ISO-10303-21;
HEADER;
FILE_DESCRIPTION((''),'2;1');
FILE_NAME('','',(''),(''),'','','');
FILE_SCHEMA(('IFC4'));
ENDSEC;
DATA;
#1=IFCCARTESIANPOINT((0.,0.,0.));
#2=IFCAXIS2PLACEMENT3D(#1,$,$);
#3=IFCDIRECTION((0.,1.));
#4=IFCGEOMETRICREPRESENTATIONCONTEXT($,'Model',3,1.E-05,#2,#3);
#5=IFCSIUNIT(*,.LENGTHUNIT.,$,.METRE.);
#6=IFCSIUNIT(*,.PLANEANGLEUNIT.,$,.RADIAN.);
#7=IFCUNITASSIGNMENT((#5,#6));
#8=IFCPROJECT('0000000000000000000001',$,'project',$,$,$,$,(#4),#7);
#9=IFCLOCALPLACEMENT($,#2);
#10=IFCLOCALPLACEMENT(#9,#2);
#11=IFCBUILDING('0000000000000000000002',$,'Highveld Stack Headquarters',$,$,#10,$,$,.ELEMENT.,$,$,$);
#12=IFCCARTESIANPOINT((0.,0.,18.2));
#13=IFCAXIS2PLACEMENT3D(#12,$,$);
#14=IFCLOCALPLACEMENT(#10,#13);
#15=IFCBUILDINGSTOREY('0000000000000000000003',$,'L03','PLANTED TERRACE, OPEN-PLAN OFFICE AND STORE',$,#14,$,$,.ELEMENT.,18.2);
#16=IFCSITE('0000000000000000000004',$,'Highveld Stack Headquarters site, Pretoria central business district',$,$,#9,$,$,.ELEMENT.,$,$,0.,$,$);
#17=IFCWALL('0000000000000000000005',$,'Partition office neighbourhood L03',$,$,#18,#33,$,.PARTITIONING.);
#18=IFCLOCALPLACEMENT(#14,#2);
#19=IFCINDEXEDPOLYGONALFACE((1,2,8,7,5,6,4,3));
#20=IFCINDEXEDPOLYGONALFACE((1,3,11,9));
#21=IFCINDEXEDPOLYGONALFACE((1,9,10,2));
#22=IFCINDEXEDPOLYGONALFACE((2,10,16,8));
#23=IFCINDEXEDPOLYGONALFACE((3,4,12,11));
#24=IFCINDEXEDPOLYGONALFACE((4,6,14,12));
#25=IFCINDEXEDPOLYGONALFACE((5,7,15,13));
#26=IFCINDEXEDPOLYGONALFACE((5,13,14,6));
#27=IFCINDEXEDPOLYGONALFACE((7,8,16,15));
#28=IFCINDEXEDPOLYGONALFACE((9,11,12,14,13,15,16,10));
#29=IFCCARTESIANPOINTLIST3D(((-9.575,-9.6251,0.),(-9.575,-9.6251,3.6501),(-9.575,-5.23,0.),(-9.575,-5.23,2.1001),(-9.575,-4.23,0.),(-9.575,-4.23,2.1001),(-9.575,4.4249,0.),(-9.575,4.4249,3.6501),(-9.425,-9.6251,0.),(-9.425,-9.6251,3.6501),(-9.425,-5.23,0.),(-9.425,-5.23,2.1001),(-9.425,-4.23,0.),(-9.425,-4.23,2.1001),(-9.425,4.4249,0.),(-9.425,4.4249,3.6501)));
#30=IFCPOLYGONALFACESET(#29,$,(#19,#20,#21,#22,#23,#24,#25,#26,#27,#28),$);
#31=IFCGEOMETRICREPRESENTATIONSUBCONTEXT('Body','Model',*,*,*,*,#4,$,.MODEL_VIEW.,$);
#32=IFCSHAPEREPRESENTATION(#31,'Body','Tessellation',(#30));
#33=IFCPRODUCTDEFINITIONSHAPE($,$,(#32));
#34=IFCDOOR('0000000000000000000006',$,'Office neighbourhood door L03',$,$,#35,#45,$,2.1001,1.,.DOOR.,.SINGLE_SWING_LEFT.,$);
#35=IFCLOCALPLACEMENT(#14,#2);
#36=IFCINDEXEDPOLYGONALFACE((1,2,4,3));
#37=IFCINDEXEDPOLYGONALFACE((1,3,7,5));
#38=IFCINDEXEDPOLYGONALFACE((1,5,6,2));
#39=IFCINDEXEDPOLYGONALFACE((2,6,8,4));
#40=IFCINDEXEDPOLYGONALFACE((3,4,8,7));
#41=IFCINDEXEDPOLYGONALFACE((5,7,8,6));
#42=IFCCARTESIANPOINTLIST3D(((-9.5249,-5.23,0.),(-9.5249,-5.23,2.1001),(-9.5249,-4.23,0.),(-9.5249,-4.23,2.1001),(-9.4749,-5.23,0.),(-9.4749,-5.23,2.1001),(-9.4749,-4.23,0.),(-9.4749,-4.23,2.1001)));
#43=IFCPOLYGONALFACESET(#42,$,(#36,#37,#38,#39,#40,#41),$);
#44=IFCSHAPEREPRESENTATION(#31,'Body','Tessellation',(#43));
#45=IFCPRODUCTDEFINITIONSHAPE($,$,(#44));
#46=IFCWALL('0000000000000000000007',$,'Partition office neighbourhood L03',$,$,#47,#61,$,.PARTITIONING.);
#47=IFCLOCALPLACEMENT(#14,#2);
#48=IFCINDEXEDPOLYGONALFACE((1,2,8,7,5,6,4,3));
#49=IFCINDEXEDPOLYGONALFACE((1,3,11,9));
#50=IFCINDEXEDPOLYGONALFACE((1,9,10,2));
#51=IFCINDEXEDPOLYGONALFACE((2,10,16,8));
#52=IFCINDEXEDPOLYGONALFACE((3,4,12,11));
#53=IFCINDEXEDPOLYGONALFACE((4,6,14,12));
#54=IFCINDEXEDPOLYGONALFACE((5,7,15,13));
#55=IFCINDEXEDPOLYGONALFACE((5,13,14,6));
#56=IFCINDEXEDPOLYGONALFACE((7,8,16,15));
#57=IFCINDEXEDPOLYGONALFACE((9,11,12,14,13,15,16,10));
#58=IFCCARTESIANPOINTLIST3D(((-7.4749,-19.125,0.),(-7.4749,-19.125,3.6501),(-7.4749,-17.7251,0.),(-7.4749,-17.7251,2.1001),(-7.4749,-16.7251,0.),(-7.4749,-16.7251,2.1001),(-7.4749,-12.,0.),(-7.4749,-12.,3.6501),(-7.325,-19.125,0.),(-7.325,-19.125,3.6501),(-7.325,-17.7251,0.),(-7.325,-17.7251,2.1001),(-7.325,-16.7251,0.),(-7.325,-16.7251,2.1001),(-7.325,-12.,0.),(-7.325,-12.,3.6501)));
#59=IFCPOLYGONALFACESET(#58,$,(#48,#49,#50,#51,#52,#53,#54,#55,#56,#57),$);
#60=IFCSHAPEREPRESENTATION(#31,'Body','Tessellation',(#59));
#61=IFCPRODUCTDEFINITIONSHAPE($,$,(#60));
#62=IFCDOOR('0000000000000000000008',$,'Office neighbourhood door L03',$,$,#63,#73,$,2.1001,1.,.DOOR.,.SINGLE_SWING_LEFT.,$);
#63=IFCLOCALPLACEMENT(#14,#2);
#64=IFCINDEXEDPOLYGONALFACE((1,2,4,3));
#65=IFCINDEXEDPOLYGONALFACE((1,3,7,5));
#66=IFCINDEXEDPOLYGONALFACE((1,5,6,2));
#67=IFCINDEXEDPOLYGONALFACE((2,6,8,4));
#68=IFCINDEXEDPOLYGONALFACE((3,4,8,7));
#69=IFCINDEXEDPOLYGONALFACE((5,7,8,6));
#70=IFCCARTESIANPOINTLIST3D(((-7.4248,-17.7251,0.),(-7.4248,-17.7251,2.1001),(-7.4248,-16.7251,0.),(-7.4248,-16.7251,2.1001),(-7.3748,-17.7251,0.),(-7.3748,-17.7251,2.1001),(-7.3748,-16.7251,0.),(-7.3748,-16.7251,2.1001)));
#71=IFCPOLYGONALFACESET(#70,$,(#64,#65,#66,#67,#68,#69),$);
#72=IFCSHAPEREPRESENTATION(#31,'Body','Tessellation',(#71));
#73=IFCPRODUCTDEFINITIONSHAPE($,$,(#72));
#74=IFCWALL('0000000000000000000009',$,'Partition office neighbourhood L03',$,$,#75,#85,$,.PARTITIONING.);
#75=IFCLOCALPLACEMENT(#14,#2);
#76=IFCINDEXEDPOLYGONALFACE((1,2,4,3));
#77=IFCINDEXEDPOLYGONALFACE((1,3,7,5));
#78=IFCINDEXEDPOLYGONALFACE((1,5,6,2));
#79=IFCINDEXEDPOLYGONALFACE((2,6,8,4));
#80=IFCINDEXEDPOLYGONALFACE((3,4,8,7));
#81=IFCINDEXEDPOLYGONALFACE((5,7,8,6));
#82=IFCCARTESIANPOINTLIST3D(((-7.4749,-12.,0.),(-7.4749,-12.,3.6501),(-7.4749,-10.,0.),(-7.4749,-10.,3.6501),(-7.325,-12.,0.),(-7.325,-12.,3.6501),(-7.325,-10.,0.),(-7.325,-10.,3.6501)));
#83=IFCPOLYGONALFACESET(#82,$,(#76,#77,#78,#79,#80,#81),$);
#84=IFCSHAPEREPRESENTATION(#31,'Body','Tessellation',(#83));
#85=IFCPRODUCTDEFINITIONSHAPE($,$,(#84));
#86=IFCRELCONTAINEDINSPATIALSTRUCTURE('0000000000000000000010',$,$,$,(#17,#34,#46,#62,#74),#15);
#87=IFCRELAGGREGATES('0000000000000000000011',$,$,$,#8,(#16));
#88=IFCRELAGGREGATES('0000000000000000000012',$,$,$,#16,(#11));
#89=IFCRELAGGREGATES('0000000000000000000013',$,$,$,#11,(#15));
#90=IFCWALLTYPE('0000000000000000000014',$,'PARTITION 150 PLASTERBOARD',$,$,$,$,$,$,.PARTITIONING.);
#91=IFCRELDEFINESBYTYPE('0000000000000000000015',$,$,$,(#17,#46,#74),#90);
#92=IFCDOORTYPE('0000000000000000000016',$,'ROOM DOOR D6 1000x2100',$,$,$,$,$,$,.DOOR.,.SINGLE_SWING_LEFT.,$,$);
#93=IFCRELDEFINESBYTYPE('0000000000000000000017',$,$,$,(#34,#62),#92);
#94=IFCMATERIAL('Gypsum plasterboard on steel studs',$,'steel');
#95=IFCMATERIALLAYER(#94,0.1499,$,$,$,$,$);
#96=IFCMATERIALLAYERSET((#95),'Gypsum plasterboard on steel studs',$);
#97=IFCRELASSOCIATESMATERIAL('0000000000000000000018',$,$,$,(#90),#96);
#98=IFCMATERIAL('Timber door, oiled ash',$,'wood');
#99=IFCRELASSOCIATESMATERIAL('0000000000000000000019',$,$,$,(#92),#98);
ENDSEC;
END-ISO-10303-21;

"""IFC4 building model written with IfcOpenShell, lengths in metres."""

from ifc_helpers import new_model, si_unit, direction, frame, frame_2d, origin, place, context, subcontext, project, spatial, rectangle, extrude, material, layer, layer_set, type_object, element, fill, save


model = new_model("IFC4")

# Units and contexts
model_context = context("Model", 3, precision=1e-05, world=origin(), true_north=direction((0.0, 1.0)))
body_context = subcontext(model_context, "Body", "Model", "MODEL_VIEW")
ifc_project = project(units=[si_unit("LENGTHUNIT", "METRE"), si_unit("PLANEANGLEUNIT", "RADIAN")], contexts=[model_context])

# Site, building, storey
site_placement = place(None, origin())
site = spatial("IfcSite", under=ifc_project, at=site_placement, Name="Highveld Stack Headquarters site, Pretoria central business district", CompositionType="ELEMENT", RefElevation=0.0)
building_placement = place(site_placement, origin())
building = spatial("IfcBuilding", under=site, at=building_placement, Name="Highveld Stack Headquarters", CompositionType="ELEMENT")
storey_placement = place(building_placement, frame((0.0, 0.0, 18.2)))
storey = spatial("IfcBuildingStorey", under=building, at=storey_placement, Name="L03", Description="PLANTED TERRACE, OPEN-PLAN OFFICE AND STORE", CompositionType="ELEMENT", Elevation=18.2)

# Shared definitions
ifc_material_1 = material(Name="Gypsum plasterboard on steel studs", Category="steel")
ifc_layer_1 = layer(ifc_material_1, 0.1499)
ifc_layer_set_1 = layer_set([ifc_layer_1], Name="Gypsum plasterboard on steel studs")
wall_type_1 = type_object("IfcWallType", Name="PARTITION 150 PLASTERBOARD", PredefinedType="PARTITIONING", material=ifc_layer_set_1)

# Shared definitions
ifc_material_2 = material(Name="Timber door, oiled ash", Category="wood")
door_type_1 = type_object("IfcDoorType", Name="ROOM DOOR D6 1000x2100", OperationType="SINGLE_SWING_LEFT", PredefinedType="DOOR", material=ifc_material_2)

# Walls, openings, doors
wall_1_placement = place(storey_placement, frame((-9.5, -9.625, 0.0), z_axis=(0.0, 0.0, 1.0), x_axis=(0.0, 1.0, 0.0)))
wall_1 = element("IfcWall", 1, at=wall_1_placement, inside=storey, type_object=wall_type_1, Name="Partition office neighbourhood L03", PredefinedType="PARTITIONING", context=body_context, shape_type="SweptSolid", body=[
    extrude(rectangle(XDim=14.05, YDim=0.1499, at=frame_2d((7.0249, 0.0))), origin(), (0.0, 0.0, 1.0), 3.6501),
])
opening_1_placement = place(wall_1_placement, frame((4.395, 0.0, 0.0)))
opening_1 = element("IfcOpeningElement", 2, at=opening_1_placement, cuts=wall_1, PredefinedType="OPENING", context=body_context, shape_type="SweptSolid", body=[
    extrude(rectangle(XDim=1.0, YDim=2.1001, at=frame_2d((0.5, 1.05))), frame((0.0, 0.085, 0.0), z_axis=(0.0, -1.0, 0.0), x_axis=(1.0, 0.0, 0.0)), (0.0, 0.0, 1.0), 0.1699),
])
door_1_placement = place(opening_1_placement, origin())
door_1 = element("IfcDoor", 3, at=door_1_placement, inside=storey, type_object=door_type_1, Name="Office neighbourhood door L03", OperationType="SINGLE_SWING_LEFT", OverallHeight=2.1001, OverallWidth=1.0, PredefinedType="DOOR", context=body_context, shape_type="SweptSolid", body=[
    extrude(rectangle(XDim=1.0, YDim=2.1001, at=frame_2d((0.5, 1.05))), frame((0.0, 0.0249, 0.0), z_axis=(0.0, -1.0, 0.0), x_axis=(1.0, 0.0, 0.0)), (0.0, 0.0, 1.0), 0.05),
])
fill(opening_1, door_1)
wall_2_placement = place(storey_placement, frame((-7.3999, -19.125, 0.0), z_axis=(0.0, 0.0, 1.0), x_axis=(0.0, 1.0, 0.0)))
wall_2 = element("IfcWall", 4, at=wall_2_placement, inside=storey, type_object=wall_type_1, Name="Partition office neighbourhood L03", PredefinedType="PARTITIONING", context=body_context, shape_type="SweptSolid", body=[
    extrude(rectangle(XDim=7.125, YDim=0.1499, at=frame_2d((3.5625, 0.0))), origin(), (0.0, 0.0, 1.0), 3.6501),
])
opening_2_placement = place(wall_2_placement, frame((1.3999, 0.0, 0.0)))
opening_2 = element("IfcOpeningElement", 5, at=opening_2_placement, cuts=wall_2, PredefinedType="OPENING", context=body_context, shape_type="SweptSolid", body=[
    extrude(rectangle(XDim=1.0, YDim=2.1001, at=frame_2d((0.5, 1.05))), frame((0.0, 0.085, 0.0), z_axis=(0.0, -1.0, 0.0), x_axis=(1.0, 0.0, 0.0)), (0.0, 0.0, 1.0), 0.1699),
])
door_2_placement = place(opening_2_placement, origin())
door_2 = element("IfcDoor", 6, at=door_2_placement, inside=storey, type_object=door_type_1, Name="Office neighbourhood door L03", OperationType="SINGLE_SWING_LEFT", OverallHeight=2.1001, OverallWidth=1.0, PredefinedType="DOOR", context=body_context, shape_type="SweptSolid", body=[
    extrude(rectangle(XDim=1.0, YDim=2.1001, at=frame_2d((0.5, 1.05))), frame((0.0, 0.0249, 0.0), z_axis=(0.0, -1.0, 0.0), x_axis=(1.0, 0.0, 0.0)), (0.0, 0.0, 1.0), 0.05),
])
fill(opening_2, door_2)

# Wall
wall_3_placement = place(storey_placement, frame((-7.3999, -12.0, 0.0), z_axis=(0.0, 0.0, 1.0), x_axis=(0.0, 1.0, 0.0)))
element("IfcWall", 7, at=wall_3_placement, inside=storey, type_object=wall_type_1, Name="Partition office neighbourhood L03", PredefinedType="PARTITIONING", context=body_context, shape_type="SweptSolid", body=[
    extrude(rectangle(XDim=2.0, YDim=0.1499, at=frame_2d((1.0, 0.0))), origin(), (0.0, 0.0, 1.0), 3.6501),
])

save(model, "model.ifc")
